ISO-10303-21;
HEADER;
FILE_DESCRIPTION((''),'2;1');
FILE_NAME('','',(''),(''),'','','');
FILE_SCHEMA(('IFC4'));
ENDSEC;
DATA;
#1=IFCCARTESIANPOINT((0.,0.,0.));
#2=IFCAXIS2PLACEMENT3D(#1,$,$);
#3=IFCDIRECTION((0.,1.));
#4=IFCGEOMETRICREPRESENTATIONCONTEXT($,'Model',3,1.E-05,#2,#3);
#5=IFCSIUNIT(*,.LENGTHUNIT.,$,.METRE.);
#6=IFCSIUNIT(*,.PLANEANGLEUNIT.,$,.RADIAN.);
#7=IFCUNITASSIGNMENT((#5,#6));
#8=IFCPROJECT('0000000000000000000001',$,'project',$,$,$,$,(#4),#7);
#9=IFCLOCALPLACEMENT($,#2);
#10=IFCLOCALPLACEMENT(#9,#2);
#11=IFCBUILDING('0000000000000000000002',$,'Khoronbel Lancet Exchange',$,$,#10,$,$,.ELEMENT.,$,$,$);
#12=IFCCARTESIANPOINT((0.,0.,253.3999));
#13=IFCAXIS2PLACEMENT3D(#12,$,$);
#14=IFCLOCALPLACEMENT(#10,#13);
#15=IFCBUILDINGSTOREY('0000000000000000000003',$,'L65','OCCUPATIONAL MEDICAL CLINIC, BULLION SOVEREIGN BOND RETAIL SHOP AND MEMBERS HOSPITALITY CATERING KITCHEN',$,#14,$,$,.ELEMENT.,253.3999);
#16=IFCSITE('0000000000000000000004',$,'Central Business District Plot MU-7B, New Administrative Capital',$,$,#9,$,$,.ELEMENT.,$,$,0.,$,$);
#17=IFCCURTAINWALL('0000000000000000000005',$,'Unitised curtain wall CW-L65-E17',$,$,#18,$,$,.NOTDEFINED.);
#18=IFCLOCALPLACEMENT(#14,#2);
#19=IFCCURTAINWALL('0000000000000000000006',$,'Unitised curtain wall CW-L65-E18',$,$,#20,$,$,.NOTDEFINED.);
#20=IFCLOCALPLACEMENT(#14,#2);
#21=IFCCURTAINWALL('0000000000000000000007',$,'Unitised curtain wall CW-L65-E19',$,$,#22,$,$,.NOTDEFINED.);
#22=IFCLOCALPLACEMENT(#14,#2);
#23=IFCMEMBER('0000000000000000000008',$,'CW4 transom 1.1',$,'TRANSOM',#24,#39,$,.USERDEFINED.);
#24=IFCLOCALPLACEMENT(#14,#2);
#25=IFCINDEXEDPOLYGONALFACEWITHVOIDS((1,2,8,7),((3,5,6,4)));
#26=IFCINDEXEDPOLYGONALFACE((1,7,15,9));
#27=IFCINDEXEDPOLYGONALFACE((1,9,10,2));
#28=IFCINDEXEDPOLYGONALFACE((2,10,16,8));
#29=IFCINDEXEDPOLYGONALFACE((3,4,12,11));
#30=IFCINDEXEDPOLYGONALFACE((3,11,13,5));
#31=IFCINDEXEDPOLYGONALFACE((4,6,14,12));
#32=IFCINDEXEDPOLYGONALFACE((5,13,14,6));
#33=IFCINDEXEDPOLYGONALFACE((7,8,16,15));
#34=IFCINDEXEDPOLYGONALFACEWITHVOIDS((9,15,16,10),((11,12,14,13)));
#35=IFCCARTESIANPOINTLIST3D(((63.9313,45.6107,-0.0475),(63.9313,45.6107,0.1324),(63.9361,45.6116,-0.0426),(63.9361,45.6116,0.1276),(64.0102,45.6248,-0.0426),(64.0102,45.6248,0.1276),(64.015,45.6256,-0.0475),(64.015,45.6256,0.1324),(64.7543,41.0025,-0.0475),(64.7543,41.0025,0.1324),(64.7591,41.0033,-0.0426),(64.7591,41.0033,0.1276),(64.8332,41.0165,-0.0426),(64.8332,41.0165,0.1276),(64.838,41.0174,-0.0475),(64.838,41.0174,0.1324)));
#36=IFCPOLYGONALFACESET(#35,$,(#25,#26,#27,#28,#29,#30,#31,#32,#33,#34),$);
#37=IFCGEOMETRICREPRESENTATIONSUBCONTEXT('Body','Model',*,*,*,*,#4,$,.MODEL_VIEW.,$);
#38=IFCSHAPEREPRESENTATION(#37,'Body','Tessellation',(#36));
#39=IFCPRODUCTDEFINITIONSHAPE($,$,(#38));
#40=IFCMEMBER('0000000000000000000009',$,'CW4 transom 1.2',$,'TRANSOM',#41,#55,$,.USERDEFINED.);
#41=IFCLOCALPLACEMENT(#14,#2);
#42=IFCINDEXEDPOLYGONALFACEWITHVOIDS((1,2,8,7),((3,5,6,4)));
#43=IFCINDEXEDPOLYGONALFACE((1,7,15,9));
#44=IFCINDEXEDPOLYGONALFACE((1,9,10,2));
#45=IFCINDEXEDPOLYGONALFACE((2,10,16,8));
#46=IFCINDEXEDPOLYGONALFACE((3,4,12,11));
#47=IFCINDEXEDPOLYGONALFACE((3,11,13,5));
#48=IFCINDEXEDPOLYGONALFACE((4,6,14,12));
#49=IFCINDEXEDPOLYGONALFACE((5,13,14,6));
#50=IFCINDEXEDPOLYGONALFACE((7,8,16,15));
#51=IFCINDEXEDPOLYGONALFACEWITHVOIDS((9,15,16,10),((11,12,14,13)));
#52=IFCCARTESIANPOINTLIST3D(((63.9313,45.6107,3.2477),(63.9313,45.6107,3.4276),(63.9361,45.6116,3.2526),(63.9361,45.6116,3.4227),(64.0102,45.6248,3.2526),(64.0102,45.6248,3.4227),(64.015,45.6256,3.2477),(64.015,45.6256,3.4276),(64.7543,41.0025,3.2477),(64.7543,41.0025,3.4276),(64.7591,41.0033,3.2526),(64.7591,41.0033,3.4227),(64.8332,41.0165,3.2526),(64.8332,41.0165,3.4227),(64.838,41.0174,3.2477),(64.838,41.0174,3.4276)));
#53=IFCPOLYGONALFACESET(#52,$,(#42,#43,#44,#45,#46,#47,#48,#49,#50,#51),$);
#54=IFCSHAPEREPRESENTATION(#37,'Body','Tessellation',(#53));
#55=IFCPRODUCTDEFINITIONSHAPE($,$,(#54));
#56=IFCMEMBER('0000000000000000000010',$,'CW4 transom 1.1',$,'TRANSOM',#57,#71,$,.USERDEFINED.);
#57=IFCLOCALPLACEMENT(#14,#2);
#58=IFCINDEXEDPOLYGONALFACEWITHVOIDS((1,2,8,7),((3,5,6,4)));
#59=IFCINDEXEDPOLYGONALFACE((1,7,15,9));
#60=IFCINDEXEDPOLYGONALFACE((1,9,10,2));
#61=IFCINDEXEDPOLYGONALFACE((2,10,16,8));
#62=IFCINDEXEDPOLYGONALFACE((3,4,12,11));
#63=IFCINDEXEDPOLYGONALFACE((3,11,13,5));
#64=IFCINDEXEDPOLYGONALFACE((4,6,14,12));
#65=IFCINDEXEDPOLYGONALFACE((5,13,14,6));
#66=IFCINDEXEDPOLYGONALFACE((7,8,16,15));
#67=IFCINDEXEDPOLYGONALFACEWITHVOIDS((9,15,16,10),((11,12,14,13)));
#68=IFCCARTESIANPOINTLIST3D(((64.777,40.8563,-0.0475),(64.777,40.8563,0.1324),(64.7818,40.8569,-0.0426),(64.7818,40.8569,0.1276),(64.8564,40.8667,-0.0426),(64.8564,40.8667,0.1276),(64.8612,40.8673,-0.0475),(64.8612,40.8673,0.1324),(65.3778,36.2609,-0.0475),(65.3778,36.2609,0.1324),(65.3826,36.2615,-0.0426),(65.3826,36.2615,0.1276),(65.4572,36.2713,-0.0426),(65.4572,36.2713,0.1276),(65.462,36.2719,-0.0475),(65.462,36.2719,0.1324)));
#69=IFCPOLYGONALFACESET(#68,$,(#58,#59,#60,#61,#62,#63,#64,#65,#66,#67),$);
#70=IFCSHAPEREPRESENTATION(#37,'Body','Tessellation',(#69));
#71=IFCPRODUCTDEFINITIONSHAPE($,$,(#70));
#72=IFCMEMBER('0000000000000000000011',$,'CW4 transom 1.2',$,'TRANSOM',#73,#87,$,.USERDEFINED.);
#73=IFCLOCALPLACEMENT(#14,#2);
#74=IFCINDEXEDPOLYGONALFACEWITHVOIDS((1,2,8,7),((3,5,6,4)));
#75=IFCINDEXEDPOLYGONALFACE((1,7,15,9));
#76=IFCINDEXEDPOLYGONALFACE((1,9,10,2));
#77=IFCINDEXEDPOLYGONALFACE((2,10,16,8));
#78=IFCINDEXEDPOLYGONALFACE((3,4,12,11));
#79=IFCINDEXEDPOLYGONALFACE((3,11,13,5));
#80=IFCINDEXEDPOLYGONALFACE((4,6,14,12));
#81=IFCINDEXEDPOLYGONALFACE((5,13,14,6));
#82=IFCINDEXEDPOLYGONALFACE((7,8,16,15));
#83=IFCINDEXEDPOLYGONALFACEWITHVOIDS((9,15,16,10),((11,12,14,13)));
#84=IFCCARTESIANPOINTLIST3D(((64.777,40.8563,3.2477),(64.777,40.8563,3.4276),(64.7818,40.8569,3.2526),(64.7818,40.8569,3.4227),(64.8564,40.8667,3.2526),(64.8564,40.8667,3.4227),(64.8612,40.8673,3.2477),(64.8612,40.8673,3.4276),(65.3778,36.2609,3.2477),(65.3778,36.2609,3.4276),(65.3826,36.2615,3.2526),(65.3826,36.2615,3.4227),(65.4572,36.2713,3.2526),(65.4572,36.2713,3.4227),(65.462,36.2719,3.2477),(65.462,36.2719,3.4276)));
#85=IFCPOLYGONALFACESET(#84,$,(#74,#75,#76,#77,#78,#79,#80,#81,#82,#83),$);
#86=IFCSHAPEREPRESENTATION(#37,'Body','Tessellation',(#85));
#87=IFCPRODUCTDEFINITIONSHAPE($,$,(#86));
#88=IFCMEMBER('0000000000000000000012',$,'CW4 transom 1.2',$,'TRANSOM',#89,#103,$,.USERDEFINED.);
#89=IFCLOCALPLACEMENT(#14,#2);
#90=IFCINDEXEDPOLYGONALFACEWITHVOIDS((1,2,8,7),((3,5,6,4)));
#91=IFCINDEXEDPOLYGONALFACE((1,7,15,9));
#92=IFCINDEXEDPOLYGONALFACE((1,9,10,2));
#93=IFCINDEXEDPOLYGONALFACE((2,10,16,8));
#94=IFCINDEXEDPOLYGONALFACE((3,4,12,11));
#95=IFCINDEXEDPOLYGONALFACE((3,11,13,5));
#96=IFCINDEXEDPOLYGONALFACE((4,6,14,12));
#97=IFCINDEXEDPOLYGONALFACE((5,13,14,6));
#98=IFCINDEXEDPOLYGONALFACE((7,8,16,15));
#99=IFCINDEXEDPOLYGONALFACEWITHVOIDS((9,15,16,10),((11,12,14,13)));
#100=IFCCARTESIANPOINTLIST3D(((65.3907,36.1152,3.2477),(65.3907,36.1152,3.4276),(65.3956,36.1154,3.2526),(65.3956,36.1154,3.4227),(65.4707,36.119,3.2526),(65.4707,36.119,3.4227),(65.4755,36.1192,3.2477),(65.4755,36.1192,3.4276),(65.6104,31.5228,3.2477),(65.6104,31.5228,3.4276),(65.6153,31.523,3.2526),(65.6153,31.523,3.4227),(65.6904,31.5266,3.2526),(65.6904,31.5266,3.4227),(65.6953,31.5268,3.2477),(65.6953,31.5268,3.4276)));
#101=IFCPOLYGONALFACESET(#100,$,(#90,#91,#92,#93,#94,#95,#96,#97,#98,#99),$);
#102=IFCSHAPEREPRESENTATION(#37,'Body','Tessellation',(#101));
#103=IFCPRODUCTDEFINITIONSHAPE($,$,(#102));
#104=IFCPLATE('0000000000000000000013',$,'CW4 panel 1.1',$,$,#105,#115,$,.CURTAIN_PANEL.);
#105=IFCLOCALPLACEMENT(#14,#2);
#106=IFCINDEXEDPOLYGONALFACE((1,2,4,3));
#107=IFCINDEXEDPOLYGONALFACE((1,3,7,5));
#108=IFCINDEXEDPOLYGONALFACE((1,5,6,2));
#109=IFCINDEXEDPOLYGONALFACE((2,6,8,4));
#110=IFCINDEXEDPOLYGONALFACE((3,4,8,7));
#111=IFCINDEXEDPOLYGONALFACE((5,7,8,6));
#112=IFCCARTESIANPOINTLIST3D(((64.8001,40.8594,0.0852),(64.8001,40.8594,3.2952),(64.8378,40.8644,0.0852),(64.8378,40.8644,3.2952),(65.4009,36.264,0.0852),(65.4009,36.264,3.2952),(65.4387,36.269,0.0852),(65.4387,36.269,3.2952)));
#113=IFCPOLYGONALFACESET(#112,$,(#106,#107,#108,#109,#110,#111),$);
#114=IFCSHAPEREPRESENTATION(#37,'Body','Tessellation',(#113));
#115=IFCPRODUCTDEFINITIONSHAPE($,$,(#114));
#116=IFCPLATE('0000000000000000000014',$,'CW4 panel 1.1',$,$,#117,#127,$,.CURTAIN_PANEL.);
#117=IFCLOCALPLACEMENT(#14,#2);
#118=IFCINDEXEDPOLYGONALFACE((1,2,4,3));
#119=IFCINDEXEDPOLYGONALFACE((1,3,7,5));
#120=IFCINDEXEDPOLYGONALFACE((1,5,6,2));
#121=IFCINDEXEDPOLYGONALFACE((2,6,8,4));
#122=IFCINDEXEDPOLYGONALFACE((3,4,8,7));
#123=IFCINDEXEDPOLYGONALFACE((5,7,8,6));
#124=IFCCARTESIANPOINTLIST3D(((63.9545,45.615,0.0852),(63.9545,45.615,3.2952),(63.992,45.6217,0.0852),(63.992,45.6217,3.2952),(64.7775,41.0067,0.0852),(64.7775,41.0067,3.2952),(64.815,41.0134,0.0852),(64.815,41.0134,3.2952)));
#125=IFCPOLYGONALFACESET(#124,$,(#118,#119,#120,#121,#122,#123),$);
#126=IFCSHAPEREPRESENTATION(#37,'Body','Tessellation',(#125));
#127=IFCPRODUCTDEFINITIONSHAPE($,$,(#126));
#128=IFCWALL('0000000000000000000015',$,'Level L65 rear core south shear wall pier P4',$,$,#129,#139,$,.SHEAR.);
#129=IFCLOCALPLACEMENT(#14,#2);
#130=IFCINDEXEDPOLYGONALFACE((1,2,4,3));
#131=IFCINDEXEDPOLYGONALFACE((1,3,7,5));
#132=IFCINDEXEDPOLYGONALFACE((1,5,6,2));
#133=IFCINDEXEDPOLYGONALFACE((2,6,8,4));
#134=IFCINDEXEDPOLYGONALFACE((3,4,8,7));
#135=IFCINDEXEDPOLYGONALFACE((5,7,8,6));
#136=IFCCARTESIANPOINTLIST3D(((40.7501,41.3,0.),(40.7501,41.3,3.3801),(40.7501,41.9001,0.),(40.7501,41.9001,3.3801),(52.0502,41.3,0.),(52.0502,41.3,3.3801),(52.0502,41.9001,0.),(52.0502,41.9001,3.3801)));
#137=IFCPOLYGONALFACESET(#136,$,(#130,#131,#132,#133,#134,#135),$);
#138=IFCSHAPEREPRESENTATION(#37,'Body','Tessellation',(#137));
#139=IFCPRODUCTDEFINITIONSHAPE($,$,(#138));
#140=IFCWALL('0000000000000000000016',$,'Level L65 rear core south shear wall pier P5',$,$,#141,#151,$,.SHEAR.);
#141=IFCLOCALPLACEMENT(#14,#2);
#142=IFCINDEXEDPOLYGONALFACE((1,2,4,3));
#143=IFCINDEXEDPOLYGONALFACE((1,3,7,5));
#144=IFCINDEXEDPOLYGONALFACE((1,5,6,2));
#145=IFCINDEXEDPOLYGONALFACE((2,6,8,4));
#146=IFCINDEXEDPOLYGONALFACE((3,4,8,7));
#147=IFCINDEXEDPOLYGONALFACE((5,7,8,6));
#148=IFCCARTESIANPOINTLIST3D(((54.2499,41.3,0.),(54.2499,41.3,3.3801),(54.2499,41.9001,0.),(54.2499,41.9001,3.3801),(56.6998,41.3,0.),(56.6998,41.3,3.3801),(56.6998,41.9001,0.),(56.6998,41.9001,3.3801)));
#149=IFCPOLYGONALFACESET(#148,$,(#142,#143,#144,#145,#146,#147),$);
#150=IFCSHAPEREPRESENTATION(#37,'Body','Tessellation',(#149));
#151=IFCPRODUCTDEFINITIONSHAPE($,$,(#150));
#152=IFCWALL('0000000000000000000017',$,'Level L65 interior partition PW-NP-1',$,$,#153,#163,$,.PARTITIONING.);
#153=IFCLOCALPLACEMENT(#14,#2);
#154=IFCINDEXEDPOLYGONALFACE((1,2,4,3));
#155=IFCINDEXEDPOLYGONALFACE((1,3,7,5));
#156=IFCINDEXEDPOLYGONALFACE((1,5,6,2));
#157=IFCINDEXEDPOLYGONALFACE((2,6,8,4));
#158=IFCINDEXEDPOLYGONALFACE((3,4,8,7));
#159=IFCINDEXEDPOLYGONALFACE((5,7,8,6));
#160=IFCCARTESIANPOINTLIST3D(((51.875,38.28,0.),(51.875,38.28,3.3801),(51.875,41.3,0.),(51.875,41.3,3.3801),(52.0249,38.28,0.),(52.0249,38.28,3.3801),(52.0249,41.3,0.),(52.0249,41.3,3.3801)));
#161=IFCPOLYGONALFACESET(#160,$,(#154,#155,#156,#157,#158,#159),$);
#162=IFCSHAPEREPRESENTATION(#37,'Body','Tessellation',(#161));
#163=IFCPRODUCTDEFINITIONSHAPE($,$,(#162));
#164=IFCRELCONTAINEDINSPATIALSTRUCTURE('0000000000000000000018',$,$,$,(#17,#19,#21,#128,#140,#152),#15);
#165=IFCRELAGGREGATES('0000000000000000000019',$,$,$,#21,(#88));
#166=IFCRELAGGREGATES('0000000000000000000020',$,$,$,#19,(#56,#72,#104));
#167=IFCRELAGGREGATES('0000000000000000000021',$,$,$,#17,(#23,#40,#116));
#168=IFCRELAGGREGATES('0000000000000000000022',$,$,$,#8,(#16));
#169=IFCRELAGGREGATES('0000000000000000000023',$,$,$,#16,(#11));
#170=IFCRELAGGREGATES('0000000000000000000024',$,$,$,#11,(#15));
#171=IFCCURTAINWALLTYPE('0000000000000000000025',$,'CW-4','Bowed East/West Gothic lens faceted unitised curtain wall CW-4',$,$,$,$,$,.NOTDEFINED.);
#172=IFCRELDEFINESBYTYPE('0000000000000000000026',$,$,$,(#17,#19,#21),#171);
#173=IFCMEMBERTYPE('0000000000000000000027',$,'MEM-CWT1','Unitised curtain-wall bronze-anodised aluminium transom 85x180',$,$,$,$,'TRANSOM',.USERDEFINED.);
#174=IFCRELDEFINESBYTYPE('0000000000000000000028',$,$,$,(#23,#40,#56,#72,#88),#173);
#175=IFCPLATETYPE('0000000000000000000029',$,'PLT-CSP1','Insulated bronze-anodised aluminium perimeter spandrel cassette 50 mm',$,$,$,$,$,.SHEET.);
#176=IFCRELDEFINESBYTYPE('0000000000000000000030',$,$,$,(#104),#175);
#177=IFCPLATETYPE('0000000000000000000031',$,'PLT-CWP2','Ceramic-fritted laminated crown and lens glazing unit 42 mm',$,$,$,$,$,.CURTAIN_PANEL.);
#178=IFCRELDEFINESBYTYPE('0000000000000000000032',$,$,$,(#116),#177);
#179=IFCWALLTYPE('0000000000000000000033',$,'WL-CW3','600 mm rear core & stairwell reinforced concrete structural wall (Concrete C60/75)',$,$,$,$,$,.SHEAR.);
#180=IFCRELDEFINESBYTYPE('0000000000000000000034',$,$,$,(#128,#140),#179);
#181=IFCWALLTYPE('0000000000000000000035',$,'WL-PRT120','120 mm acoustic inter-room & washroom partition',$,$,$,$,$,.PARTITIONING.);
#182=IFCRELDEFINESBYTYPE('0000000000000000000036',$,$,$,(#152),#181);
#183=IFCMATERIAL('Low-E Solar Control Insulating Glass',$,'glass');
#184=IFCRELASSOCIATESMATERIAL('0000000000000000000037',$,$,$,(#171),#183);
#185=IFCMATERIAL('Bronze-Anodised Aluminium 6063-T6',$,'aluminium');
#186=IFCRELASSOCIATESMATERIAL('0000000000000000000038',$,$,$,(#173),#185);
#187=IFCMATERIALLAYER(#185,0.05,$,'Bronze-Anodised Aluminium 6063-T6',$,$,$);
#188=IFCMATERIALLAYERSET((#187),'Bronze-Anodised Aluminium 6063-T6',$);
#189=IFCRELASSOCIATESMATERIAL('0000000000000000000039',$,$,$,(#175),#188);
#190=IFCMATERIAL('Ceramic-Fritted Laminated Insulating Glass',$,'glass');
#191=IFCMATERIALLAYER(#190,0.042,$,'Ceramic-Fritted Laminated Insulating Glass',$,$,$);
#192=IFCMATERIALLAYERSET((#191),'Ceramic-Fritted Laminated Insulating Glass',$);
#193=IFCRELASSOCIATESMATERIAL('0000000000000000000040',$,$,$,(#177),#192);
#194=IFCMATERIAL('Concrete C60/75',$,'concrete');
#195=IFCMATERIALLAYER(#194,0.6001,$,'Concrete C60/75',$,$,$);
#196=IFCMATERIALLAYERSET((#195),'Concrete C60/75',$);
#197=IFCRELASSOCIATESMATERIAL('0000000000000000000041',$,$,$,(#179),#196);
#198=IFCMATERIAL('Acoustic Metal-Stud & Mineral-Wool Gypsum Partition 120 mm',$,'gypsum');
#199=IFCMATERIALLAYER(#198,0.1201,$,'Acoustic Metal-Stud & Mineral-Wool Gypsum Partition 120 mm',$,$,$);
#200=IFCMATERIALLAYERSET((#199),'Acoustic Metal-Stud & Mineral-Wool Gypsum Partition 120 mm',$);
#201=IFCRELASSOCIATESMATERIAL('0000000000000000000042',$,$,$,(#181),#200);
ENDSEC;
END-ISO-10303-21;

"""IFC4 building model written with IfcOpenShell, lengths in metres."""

from ifc_helpers import new_model, si_unit, direction, frame, frame_2d, origin, origin_2d, place, context, subcontext, project, spatial, rectangle, hollow_rectangle, extrude, material, layer, layer_set, material_profile, profile_set, type_object, element, aggregate, save


model = new_model("IFC4")

# Units and contexts
model_context = context("Model", 3, precision=1e-05, world=origin(), true_north=direction((0.0, 1.0)))
body_context = subcontext(model_context, "Body", "Model", "MODEL_VIEW")
ifc_project = project(units=[si_unit("LENGTHUNIT", "METRE"), si_unit("PLANEANGLEUNIT", "RADIAN")], contexts=[model_context])

# Site, building, storey
site_placement = place(None, origin())
site = spatial("IfcSite", under=ifc_project, at=site_placement, Name="Central Business District Plot MU-7B, New Administrative Capital", CompositionType="ELEMENT", RefElevation=0.0)
building_placement = place(site_placement, origin())
building = spatial("IfcBuilding", under=site, at=building_placement, Name="Khoronbel Lancet Exchange", CompositionType="ELEMENT")
storey_placement = place(building_placement, frame((0.0, 0.0, 253.3999)))
storey = spatial("IfcBuildingStorey", under=building, at=storey_placement, Name="L65", Description="OCCUPATIONAL MEDICAL CLINIC, BULLION SOVEREIGN BOND RETAIL SHOP AND MEMBERS HOSPITALITY CATERING KITCHEN", CompositionType="ELEMENT", Elevation=253.3999)

# Shared definitions
ifc_material_1 = material(Name="Concrete C60/75", Category="concrete")

# Curtain wall
ifc_material_2 = material(Name="Low-E Solar Control Insulating Glass", Category="glass")
curtain_wall_type = type_object("IfcCurtainWallType", Name="CW-4", Description="Bowed East/West Gothic lens faceted unitised curtain wall CW-4", PredefinedType="NOTDEFINED", material=ifc_material_2)
curtain_wall_1_placement = place(storey_placement, origin())
curtain_wall_1 = element("IfcCurtainWall", 1, at=curtain_wall_1_placement, inside=storey, type_object=curtain_wall_type, Name="Unitised curtain wall CW-L65-E17", PredefinedType="NOTDEFINED")
ifc_material_3 = material(Name="Bronze-Anodised Aluminium 6063-T6", Category="aluminium")

# Curtain wall
curtain_wall_2_placement = place(storey_placement, origin())
curtain_wall_2 = element("IfcCurtainWall", 2, at=curtain_wall_2_placement, inside=storey, type_object=curtain_wall_type, Name="Unitised curtain wall CW-L65-E18", PredefinedType="NOTDEFINED")

# Curtain wall
curtain_wall_3_placement = place(storey_placement, origin())
curtain_wall_3 = element("IfcCurtainWall", 3, at=curtain_wall_3_placement, inside=storey, type_object=curtain_wall_type, Name="Unitised curtain wall CW-L65-E19", PredefinedType="NOTDEFINED")

# Members
ifc_material_profile_1 = material_profile(ifc_material_3, hollow_rectangle(XDim=0.085, YDim=0.1799, WallThickness=0.0049, at=origin_2d()), Name="ALU TRANSOM 85x180")
ifc_profile_set_1 = profile_set([ifc_material_profile_1], Name="Bronze-Anodised Aluminium 6063-T6")
member_type_1 = type_object("IfcMemberType", Name="MEM-CWT1", Description="Unitised curtain-wall bronze-anodised aluminium transom 85x180", ElementType="TRANSOM", PredefinedType="USERDEFINED", material=ifc_profile_set_1)
member_1_placement = place(storey_placement, frame((63.9731, 45.6182, 0.0425), z_axis=(0.175814, -0.984423, 0.0), x_axis=(0.984423, 0.175814, 0.0)))
member_1 = element("IfcMember", 4, at=member_1_placement, type_object=member_type_1, Name="CW4 transom 1.1", ObjectType="TRANSOM", PredefinedType="USERDEFINED", context=body_context, shape_type="SweptSolid", body=[
    extrude(hollow_rectangle(XDim=0.085, YDim=0.1799, WallThickness=0.0049, at=origin_2d()), origin(), (0.0, 0.0, 1.0), 4.6812),
])
member_2_placement = place(storey_placement, frame((63.9731, 45.6182, 3.3376), z_axis=(0.175814, -0.984423, 0.0), x_axis=(0.984423, 0.175814, 0.0)))
member_2 = element("IfcMember", 5, at=member_2_placement, type_object=member_type_1, Name="CW4 transom 1.2", ObjectType="TRANSOM", PredefinedType="USERDEFINED", context=body_context, shape_type="SweptSolid", body=[
    extrude(hollow_rectangle(XDim=0.085, YDim=0.1799, WallThickness=0.0049, at=origin_2d()), origin(), (0.0, 0.0, 1.0), 4.6812),
])
member_3_placement = place(storey_placement, frame((64.8191, 40.8618, 0.0425), z_axis=(0.129641, -0.991561, 0.0), x_axis=(0.991561, 0.129641, 0.0)))
member_3 = element("IfcMember", 6, at=member_3_placement, type_object=member_type_1, Name="CW4 transom 1.1", ObjectType="TRANSOM", PredefinedType="USERDEFINED", context=body_context, shape_type="SweptSolid", body=[
    extrude(hollow_rectangle(XDim=0.085, YDim=0.1799, WallThickness=0.0049, at=origin_2d()), origin(), (0.0, 0.0, 1.0), 4.6345),
])
member_4_placement = place(storey_placement, frame((64.8191, 40.8618, 3.3376), z_axis=(0.129641, -0.991561, 0.0), x_axis=(0.991561, 0.129641, 0.0)))
member_4 = element("IfcMember", 7, at=member_4_placement, type_object=member_type_1, Name="CW4 transom 1.2", ObjectType="TRANSOM", PredefinedType="USERDEFINED", context=body_context, shape_type="SweptSolid", body=[
    extrude(hollow_rectangle(XDim=0.085, YDim=0.1799, WallThickness=0.0049, at=origin_2d()), origin(), (0.0, 0.0, 1.0), 4.6345),
])
member_5_placement = place(storey_placement, frame((65.4331, 36.1172, 3.3376), z_axis=(0.047792, -0.998857, 0.0), x_axis=(0.998857, 0.047792, 0.0)))
member_5 = element("IfcMember", 8, at=member_5_placement, type_object=member_type_1, Name="CW4 transom 1.2", ObjectType="TRANSOM", PredefinedType="USERDEFINED", context=body_context, shape_type="SweptSolid", body=[
    extrude(hollow_rectangle(XDim=0.085, YDim=0.1799, WallThickness=0.0049, at=origin_2d()), origin(), (0.0, 0.0, 1.0), 4.5977),
])
aggregate(curtain_wall_3, [member_5])

# Plates
ifc_layer_1 = layer(ifc_material_3, 0.05, Name="Bronze-Anodised Aluminium 6063-T6")
ifc_layer_set_1 = layer_set([ifc_layer_1], Name="Bronze-Anodised Aluminium 6063-T6")
plate_type_1 = type_object("IfcPlateType", Name="PLT-CSP1", Description="Insulated bronze-anodised aluminium perimeter spandrel cassette 50 mm", PredefinedType="SHEET", material=ifc_layer_set_1)
plate_1_placement = place(storey_placement, frame((65.1194, 38.5642, 0.0852), z_axis=(0.0, 0.0, 1.0), x_axis=(0.129646, -0.99156, 0.0)))
plate_1 = element("IfcPlate", 9, at=plate_1_placement, type_object=plate_type_1, Name="CW4 panel 1.1", PredefinedType="CURTAIN_PANEL", context=body_context, shape_type="SweptSolid", body=[
    extrude(rectangle(XDim=4.6345, YDim=0.0381, at=origin_2d()), origin(), (0.0, 0.0, 1.0), 3.21),
])
aggregate(curtain_wall_2, [member_3, member_4, plate_1])
ifc_material_4 = material(Name="Ceramic-Fritted Laminated Insulating Glass", Category="glass")
ifc_layer_2 = layer(ifc_material_4, 0.042, Name="Ceramic-Fritted Laminated Insulating Glass")
ifc_layer_set_2 = layer_set([ifc_layer_2], Name="Ceramic-Fritted Laminated Insulating Glass")
plate_type_2 = type_object("IfcPlateType", Name="PLT-CWP2", Description="Ceramic-fritted laminated crown and lens glazing unit 42 mm", PredefinedType="CURTAIN_PANEL", material=ifc_layer_set_2)
plate_2_placement = place(storey_placement, frame((64.3848, 43.3142, 0.0852), z_axis=(0.0, 0.0, 1.0), x_axis=(0.175801, -0.984426, 0.0)))
plate_2 = element("IfcPlate", 10, at=plate_2_placement, type_object=plate_type_2, Name="CW4 panel 1.1", PredefinedType="CURTAIN_PANEL", context=body_context, shape_type="SweptSolid", body=[
    extrude(rectangle(XDim=4.6812, YDim=0.0381, at=origin_2d()), origin(), (0.0, 0.0, 1.0), 3.21),
])
aggregate(curtain_wall_1, [member_1, member_2, plate_2])

# Walls
ifc_layer_3 = layer(ifc_material_1, 0.6001, Name="Concrete C60/75")
ifc_layer_set_3 = layer_set([ifc_layer_3], Name="Concrete C60/75")
wall_type_1 = type_object("IfcWallType", Name="WL-CW3", Description="600 mm rear core & stairwell reinforced concrete structural wall (Concrete C60/75)", PredefinedType="SHEAR", material=ifc_layer_set_3)
wall_1_placement = place(storey_placement, frame((52.05, 41.6001, 0.0), z_axis=(0.0, 0.0, 1.0), x_axis=(-1.0, 0.0, 0.0)))
element("IfcWall", 11, at=wall_1_placement, inside=storey, type_object=wall_type_1, Name="Level L65 rear core south shear wall pier P4", PredefinedType="SHEAR", context=body_context, shape_type="SweptSolid", body=[
    extrude(rectangle(XDim=11.3, YDim=0.6001, at=frame_2d((5.6499, 0.0))), origin(), (0.0, 0.0, 1.0), 3.3801),
])
wall_2_placement = place(storey_placement, frame((56.7, 41.6001, 0.0), z_axis=(0.0, 0.0, 1.0), x_axis=(-1.0, 0.0, 0.0)))
element("IfcWall", 12, at=wall_2_placement, inside=storey, type_object=wall_type_1, Name="Level L65 rear core south shear wall pier P5", PredefinedType="SHEAR", context=body_context, shape_type="SweptSolid", body=[
    extrude(rectangle(XDim=2.45, YDim=0.6001, at=frame_2d((1.2251, 0.0))), origin(), (0.0, 0.0, 1.0), 3.3801),
])
ifc_material_5 = material(Name="Acoustic Metal-Stud & Mineral-Wool Gypsum Partition 120 mm", Category="gypsum")
ifc_layer_4 = layer(ifc_material_5, 0.1201, Name="Acoustic Metal-Stud & Mineral-Wool Gypsum Partition 120 mm")
ifc_layer_set_4 = layer_set([ifc_layer_4], Name="Acoustic Metal-Stud & Mineral-Wool Gypsum Partition 120 mm")
wall_type_2 = type_object("IfcWallType", Name="WL-PRT120", Description="120 mm acoustic inter-room & washroom partition", PredefinedType="PARTITIONING", material=ifc_layer_set_4)
wall_3_placement = place(storey_placement, frame((51.95, 38.28, 0.0), z_axis=(0.0, 0.0, 1.0), x_axis=(0.0, 1.0, 0.0)))
element("IfcWall", 13, at=wall_3_placement, inside=storey, type_object=wall_type_2, Name="Level L65 interior partition PW-NP-1", PredefinedType="PARTITIONING", context=body_context, shape_type="SweptSolid", body=[
    extrude(rectangle(XDim=3.02, YDim=0.1499, at=frame_2d((1.51, 0.0))), origin(), (0.0, 0.0, 1.0), 3.3801),
])

save(model, "model.ifc")
